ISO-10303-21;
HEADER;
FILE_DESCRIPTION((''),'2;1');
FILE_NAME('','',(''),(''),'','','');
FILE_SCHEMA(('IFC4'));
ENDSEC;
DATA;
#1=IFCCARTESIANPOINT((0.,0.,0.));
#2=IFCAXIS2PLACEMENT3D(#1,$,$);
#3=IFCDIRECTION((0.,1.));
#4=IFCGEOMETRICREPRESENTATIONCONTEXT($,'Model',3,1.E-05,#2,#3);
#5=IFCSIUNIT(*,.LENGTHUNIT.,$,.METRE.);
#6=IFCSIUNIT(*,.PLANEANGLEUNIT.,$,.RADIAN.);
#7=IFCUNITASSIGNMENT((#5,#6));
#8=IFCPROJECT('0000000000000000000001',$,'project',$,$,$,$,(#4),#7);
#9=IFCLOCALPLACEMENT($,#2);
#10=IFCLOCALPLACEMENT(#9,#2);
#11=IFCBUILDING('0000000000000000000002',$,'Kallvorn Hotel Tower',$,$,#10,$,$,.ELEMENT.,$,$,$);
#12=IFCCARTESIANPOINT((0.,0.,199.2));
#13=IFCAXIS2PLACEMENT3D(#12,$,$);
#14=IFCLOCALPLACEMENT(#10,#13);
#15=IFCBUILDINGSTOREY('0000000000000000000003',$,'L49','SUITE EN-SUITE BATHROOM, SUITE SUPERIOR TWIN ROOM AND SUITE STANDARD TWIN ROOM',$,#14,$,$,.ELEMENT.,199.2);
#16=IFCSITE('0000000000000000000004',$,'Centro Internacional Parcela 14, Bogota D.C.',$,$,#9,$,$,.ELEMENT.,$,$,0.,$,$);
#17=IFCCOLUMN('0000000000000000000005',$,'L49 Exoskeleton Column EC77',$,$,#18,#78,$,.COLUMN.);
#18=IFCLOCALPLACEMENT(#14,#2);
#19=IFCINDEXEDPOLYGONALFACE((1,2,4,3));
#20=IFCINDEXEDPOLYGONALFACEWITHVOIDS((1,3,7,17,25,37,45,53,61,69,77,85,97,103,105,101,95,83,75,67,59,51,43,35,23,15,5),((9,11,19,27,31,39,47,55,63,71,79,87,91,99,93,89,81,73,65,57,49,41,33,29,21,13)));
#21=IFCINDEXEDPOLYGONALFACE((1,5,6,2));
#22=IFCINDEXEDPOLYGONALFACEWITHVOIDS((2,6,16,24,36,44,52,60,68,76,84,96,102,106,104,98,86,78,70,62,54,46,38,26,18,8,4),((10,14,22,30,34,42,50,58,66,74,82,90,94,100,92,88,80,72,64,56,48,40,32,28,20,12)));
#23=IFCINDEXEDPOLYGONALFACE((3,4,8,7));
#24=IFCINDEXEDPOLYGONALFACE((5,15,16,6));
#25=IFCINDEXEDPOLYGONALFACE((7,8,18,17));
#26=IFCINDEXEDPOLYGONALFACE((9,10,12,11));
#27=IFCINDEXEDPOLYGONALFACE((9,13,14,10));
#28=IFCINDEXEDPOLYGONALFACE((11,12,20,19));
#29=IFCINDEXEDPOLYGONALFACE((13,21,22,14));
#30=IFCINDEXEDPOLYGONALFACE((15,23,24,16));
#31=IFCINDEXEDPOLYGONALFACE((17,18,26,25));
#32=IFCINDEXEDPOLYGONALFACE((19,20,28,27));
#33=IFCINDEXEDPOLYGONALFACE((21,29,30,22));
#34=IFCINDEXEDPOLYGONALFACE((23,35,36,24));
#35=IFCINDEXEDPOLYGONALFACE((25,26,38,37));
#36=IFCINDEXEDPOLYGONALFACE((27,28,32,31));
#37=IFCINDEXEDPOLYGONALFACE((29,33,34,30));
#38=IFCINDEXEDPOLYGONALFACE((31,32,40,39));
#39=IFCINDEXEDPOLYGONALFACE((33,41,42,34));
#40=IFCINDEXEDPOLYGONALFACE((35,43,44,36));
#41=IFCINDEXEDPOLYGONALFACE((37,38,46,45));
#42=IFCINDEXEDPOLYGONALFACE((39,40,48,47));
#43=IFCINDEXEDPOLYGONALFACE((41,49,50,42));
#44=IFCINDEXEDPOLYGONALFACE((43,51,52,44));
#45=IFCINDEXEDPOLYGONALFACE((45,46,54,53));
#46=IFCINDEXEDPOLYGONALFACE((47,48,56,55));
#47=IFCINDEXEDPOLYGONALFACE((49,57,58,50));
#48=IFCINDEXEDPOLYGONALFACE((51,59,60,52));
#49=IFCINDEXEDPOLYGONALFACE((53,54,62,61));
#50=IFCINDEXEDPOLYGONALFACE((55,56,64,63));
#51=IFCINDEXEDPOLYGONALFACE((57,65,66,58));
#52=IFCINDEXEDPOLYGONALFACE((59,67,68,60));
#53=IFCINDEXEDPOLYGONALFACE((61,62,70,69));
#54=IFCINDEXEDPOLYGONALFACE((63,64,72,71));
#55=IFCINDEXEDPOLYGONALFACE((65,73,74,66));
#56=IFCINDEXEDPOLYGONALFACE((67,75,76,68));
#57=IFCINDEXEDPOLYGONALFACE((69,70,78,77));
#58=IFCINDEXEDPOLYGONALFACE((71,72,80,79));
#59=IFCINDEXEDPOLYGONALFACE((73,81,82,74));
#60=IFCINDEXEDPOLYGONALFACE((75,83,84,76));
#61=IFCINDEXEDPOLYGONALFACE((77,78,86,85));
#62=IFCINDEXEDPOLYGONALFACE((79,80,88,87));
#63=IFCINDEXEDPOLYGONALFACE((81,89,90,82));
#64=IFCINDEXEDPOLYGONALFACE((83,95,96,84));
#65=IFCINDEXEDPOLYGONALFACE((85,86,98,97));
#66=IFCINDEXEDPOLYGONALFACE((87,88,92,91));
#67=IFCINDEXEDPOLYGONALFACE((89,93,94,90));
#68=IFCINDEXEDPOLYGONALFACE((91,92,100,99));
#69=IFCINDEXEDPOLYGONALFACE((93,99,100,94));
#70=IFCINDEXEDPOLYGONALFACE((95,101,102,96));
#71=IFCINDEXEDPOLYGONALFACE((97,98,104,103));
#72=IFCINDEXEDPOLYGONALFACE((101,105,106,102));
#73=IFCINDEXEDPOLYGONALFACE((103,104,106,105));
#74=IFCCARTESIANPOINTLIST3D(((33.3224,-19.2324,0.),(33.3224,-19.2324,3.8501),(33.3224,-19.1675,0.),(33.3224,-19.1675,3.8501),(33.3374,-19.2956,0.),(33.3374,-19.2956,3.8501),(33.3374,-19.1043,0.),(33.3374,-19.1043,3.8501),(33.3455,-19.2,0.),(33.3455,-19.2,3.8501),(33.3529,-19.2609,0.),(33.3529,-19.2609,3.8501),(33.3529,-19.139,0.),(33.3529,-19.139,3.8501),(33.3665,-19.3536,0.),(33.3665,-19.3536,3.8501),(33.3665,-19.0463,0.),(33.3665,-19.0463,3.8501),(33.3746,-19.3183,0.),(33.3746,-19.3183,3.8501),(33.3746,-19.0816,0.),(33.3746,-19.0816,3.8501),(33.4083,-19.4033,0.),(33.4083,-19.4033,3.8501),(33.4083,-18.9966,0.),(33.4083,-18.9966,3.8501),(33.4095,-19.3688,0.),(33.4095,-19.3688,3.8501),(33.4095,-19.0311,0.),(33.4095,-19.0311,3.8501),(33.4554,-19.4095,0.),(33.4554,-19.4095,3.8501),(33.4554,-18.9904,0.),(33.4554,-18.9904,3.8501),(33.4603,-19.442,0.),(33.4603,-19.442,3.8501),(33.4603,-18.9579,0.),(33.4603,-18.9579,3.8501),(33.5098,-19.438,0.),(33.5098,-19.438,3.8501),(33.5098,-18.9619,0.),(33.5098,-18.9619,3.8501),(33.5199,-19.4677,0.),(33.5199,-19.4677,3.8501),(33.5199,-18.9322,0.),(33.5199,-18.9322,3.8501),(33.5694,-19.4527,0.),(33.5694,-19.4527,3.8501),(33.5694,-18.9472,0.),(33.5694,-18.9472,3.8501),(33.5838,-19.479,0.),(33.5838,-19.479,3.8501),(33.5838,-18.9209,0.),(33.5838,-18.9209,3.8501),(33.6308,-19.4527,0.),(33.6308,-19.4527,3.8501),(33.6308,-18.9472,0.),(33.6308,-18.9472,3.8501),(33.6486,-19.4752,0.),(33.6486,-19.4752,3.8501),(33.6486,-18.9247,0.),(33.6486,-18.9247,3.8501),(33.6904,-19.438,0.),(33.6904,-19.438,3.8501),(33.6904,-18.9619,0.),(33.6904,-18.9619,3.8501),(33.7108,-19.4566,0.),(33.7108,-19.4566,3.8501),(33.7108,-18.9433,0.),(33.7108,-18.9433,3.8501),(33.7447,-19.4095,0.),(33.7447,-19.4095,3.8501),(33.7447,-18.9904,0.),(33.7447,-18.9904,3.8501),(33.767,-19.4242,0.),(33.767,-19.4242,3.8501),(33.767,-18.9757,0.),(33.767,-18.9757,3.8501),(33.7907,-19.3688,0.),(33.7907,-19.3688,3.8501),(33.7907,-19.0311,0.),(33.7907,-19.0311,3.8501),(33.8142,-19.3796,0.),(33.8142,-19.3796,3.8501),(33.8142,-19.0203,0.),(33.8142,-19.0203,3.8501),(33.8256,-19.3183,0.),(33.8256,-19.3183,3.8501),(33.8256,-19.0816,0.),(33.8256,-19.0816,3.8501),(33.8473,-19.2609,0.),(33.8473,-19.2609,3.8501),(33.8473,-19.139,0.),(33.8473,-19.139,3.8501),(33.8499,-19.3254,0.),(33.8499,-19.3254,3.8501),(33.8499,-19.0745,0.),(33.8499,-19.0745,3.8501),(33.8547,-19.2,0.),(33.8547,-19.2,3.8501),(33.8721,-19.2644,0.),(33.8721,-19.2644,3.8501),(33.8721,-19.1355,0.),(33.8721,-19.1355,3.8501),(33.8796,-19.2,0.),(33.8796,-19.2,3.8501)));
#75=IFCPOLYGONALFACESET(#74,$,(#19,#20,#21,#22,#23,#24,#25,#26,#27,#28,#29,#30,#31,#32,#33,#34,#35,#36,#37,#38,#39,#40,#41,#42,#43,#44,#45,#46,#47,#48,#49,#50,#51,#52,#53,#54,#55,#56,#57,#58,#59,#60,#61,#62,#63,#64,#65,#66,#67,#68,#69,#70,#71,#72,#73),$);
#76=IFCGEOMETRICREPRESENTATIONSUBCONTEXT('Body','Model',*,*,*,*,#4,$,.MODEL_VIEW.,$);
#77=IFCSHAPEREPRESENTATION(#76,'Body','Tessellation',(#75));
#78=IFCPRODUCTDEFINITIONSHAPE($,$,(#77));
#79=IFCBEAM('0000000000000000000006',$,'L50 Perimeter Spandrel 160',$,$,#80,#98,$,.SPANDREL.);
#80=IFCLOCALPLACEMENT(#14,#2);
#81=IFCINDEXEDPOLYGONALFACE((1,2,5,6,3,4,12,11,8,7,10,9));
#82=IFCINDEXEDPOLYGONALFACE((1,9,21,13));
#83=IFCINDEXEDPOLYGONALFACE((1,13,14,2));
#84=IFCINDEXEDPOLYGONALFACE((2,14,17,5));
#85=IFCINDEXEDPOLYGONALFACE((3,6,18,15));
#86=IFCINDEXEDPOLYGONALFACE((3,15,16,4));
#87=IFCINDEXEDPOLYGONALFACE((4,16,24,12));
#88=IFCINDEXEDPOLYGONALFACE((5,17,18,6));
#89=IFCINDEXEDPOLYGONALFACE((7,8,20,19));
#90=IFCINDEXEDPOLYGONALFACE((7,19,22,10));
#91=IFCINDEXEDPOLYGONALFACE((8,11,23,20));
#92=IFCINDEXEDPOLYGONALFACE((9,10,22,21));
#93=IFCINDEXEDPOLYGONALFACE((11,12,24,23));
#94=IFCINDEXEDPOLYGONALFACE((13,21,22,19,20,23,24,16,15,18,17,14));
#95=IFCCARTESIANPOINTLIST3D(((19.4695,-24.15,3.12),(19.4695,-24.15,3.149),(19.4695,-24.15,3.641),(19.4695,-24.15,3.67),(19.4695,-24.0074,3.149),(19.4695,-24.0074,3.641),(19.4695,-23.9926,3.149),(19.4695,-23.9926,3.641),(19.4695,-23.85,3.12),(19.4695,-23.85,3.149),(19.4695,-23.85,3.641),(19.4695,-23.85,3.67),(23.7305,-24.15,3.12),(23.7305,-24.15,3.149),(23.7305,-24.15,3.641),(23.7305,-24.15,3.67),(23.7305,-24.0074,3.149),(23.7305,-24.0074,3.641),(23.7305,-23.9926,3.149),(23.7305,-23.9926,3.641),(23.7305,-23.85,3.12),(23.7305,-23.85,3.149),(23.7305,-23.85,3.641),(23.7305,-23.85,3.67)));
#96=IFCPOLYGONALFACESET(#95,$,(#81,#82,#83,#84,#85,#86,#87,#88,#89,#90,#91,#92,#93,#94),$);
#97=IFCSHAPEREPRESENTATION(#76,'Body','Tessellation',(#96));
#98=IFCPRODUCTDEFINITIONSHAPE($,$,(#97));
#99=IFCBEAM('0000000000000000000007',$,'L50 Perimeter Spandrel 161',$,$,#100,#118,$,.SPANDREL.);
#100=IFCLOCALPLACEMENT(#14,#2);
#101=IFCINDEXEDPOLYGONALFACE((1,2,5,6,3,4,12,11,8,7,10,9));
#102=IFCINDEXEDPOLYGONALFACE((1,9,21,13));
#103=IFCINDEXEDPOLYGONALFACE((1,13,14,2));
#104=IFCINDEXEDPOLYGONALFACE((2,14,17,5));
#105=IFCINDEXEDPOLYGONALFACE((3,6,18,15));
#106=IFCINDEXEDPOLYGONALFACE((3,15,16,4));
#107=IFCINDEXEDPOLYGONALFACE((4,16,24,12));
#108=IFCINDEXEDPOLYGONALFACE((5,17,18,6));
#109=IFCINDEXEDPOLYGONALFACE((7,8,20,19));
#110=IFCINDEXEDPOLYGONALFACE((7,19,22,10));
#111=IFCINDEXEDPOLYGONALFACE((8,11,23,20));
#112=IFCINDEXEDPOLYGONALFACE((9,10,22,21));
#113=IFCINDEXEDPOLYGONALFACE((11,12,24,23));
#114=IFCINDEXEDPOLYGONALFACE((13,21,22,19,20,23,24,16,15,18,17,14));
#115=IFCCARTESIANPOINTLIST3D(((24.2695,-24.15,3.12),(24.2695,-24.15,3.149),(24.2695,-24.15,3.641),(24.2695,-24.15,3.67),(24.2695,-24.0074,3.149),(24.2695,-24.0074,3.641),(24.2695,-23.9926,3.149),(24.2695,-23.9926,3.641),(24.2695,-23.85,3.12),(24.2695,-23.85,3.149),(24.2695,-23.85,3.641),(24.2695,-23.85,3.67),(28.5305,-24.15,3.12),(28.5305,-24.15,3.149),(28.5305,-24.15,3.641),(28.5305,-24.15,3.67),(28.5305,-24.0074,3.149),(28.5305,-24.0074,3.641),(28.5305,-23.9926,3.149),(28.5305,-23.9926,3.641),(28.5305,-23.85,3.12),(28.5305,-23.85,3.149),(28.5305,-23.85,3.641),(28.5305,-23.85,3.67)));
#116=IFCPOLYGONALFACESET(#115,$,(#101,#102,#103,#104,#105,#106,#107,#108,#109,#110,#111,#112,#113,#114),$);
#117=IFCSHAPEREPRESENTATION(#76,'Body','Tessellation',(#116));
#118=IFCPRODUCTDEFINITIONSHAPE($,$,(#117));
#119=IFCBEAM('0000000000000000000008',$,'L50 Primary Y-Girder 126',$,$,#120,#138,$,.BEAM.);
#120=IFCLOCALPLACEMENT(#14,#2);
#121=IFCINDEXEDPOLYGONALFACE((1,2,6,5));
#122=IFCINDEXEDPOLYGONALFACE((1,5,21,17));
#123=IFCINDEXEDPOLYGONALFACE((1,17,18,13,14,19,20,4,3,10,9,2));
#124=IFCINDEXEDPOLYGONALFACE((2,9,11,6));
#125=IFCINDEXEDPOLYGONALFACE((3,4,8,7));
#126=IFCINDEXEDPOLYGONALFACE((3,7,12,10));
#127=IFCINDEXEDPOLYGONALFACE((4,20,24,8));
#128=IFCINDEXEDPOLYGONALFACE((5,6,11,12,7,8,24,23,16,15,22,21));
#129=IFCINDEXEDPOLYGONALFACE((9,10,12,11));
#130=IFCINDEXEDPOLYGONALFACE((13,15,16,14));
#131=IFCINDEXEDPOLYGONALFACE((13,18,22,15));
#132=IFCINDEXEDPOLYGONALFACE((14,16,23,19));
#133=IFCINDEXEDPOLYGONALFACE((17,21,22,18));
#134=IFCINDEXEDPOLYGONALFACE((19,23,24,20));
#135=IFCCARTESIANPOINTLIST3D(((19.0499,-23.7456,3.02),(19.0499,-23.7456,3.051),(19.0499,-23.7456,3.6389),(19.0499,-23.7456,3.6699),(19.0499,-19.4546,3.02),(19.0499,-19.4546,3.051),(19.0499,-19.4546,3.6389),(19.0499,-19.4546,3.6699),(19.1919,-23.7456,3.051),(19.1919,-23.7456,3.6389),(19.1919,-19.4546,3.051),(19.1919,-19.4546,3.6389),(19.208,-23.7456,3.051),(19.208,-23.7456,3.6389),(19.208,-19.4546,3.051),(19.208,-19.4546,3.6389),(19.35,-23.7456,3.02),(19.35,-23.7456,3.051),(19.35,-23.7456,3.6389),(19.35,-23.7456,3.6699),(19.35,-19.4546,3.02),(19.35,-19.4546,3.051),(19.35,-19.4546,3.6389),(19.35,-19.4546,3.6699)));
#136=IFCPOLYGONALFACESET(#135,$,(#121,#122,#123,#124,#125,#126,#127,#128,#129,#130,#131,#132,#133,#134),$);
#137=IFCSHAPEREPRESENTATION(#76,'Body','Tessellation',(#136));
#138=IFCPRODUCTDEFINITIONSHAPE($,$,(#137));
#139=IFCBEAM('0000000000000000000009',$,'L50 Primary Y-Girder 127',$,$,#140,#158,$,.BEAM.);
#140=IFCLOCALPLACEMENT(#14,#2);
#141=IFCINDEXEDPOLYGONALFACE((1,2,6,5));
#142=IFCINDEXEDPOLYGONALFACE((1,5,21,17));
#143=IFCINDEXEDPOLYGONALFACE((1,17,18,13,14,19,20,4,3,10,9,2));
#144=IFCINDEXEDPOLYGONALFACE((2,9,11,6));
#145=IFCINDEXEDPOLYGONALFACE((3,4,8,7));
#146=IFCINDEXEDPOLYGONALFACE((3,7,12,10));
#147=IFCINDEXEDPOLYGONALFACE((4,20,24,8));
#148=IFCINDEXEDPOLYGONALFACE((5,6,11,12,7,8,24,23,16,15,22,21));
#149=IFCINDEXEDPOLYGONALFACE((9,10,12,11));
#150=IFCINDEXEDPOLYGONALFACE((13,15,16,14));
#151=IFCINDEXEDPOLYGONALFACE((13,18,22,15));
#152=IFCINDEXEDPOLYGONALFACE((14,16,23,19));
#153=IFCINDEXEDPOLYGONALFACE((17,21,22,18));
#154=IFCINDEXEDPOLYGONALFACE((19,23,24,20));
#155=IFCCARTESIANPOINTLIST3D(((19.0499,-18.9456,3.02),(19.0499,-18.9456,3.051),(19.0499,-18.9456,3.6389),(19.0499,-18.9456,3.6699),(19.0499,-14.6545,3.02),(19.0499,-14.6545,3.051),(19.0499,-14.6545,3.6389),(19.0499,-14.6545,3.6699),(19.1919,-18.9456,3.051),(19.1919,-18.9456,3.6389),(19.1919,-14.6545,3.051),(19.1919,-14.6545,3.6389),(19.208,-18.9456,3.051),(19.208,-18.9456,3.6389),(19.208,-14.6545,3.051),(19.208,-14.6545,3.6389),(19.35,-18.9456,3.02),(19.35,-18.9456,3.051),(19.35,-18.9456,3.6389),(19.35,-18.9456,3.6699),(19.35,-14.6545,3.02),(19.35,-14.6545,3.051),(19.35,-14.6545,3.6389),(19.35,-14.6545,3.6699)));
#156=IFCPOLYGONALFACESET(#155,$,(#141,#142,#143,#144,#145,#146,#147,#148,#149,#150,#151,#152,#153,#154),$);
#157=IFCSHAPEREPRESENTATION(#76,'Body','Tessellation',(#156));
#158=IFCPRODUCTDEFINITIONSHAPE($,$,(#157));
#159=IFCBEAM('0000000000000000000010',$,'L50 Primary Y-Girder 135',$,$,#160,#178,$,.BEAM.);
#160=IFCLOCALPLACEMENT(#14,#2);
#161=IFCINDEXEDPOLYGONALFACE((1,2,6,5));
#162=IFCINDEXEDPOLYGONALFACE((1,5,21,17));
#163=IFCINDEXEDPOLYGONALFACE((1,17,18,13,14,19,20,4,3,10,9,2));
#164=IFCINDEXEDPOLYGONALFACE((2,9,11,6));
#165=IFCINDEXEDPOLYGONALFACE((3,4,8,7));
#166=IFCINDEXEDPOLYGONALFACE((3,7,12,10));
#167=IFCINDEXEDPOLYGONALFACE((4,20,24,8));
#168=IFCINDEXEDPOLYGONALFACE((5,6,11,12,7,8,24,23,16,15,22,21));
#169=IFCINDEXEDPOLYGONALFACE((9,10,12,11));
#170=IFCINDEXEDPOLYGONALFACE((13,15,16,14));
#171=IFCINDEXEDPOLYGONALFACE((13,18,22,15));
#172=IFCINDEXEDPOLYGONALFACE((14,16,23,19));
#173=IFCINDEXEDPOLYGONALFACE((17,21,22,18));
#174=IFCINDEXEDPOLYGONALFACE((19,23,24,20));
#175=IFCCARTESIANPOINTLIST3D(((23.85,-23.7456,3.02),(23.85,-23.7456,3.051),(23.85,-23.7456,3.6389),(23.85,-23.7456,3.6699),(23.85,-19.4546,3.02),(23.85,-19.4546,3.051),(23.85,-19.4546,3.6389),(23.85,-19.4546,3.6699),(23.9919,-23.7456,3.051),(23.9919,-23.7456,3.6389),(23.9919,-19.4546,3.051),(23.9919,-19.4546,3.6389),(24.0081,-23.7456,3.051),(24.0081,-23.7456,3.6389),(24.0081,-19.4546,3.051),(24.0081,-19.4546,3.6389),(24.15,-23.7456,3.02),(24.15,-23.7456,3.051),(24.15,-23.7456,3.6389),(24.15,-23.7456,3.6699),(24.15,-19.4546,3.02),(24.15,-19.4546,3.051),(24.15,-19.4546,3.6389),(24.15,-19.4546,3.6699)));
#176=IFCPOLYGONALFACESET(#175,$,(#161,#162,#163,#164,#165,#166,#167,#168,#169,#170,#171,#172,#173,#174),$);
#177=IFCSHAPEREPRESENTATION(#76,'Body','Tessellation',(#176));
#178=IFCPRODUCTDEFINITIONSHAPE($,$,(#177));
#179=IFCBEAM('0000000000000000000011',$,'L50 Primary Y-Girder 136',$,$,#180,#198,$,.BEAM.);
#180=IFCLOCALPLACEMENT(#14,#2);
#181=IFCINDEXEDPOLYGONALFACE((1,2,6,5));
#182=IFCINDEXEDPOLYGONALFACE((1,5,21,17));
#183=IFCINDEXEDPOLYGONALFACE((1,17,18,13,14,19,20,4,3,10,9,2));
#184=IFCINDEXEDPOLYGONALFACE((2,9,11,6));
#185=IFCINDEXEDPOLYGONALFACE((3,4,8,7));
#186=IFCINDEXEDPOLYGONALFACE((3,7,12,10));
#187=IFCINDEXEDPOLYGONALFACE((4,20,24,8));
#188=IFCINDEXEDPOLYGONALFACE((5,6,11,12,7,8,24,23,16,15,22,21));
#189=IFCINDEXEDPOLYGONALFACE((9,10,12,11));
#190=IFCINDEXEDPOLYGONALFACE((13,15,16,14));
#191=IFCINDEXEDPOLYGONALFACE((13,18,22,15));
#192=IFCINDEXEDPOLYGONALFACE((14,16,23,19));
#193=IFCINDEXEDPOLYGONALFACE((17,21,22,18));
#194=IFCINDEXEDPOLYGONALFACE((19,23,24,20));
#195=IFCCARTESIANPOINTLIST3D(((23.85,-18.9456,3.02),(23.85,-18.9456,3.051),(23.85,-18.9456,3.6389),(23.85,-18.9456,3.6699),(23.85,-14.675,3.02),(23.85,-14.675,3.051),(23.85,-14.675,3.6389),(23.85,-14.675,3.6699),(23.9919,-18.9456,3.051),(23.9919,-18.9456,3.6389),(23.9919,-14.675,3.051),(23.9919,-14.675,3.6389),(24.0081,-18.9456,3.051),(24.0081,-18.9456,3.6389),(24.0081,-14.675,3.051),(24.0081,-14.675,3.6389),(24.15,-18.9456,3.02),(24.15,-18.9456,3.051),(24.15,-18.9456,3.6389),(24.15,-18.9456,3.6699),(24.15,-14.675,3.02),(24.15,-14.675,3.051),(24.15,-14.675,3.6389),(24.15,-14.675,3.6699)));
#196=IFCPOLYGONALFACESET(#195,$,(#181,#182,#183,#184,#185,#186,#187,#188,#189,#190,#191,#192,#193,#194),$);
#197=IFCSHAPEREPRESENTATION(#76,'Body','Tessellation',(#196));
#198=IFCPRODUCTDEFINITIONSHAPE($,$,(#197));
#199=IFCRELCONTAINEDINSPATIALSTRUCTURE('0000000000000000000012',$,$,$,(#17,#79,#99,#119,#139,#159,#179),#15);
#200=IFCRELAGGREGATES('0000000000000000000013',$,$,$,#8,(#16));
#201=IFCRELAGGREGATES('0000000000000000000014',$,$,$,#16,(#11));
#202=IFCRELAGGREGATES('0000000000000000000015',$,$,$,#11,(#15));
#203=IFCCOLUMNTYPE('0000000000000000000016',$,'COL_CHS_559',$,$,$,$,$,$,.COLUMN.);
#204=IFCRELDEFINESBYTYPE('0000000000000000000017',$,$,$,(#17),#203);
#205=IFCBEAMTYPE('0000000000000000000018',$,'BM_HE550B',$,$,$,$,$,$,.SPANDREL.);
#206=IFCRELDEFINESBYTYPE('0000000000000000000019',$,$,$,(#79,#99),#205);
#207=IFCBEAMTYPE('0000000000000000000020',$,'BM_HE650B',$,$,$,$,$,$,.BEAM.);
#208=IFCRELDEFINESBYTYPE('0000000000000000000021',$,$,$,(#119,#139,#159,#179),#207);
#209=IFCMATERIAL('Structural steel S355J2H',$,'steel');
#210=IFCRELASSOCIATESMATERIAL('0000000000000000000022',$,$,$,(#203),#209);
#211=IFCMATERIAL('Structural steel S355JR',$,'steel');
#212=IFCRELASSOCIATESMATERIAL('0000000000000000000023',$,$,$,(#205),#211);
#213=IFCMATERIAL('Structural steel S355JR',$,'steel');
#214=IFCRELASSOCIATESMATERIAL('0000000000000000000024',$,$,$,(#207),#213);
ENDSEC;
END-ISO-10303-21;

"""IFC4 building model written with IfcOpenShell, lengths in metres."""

from ifc_helpers import new_model, si_unit, direction, frame, origin, origin_2d, place, context, subcontext, project, spatial, hollow_circle, i_section, extrude, material, material_profile, profile_set, type_object, element, save


model = new_model("IFC4")

# Units and contexts
model_context = context("Model", 3, precision=1e-05, world=origin(), true_north=direction((0.0, 1.0)))
body_context = subcontext(model_context, "Body", "Model", "MODEL_VIEW")
ifc_project = project(units=[si_unit("LENGTHUNIT", "METRE"), si_unit("PLANEANGLEUNIT", "RADIAN")], contexts=[model_context])

# Site, building, storey
site_placement = place(None, origin())
site = spatial("IfcSite", under=ifc_project, at=site_placement, Name="Centro Internacional Parcela 14, Bogota D.C.", CompositionType="ELEMENT", RefElevation=0.0)
building_placement = place(site_placement, origin())
building = spatial("IfcBuilding", under=site, at=building_placement, Name="Kallvorn Hotel Tower", CompositionType="ELEMENT")
storey_placement = place(building_placement, frame((0.0, 0.0, 199.2)))
storey = spatial("IfcBuildingStorey", under=building, at=storey_placement, Name="L49", Description="SUITE EN-SUITE BATHROOM, SUITE SUPERIOR TWIN ROOM AND SUITE STANDARD TWIN ROOM", CompositionType="ELEMENT", Elevation=199.2)

# Column
ifc_material_1 = material(Name="Structural steel S355J2H", Category="steel")
ifc_material_profile_1 = material_profile(ifc_material_1, hollow_circle(Radius=0.2795, WallThickness=0.0249, at=origin_2d()), Name="CHS 559x25")
ifc_profile_set_1 = profile_set([ifc_material_profile_1], Name="Structural steel S355J2H")
column_type = type_object("IfcColumnType", Name="COL_CHS_559", PredefinedType="COLUMN", material=ifc_profile_set_1)
for number, where, z_axis, x_axis, name in (
    (1, (33.6001, -19.2, 0.0), (0.0, 0.0, 1.0), (1.0, 0.0, 0.0), "L49 Exoskeleton Column EC77"),
):
    element("IfcColumn", number, at=place(storey_placement, frame(where, z_axis=z_axis, x_axis=x_axis)), inside=storey, type_object=column_type, Name=name, PredefinedType="COLUMN", context=body_context, shape_type="SweptSolid", body=[
        extrude(hollow_circle(Radius=0.2795, WallThickness=0.0249, at=origin_2d()), origin(), (0.0, 0.0, 1.0), 3.8501),
    ])

# Beams
ifc_material_2 = material(Name="Structural steel S355JR", Category="steel")
ifc_material_profile_2 = material_profile(ifc_material_2, i_section(OverallWidth=0.3, OverallDepth=0.55, WebThickness=0.0149, FlangeThickness=0.0291, at=origin_2d()), Name="HE 550 B")
ifc_profile_set_2 = profile_set([ifc_material_profile_2], Name="Structural steel S355JR")
beam_type_1 = type_object("IfcBeamType", Name="BM_HE550B", PredefinedType="SPANDREL", material=ifc_profile_set_2)
for number, where, z_axis, x_axis, name in (
    (2, (19.4695, -24.0, 3.395), (1.0, 0.0, 0.0), (0.0, 1.0, 0.0), "L50 Perimeter Spandrel 160"),
    (3, (24.2695, -24.0, 3.395), (1.0, 0.0, 0.0), (0.0, 1.0, 0.0), "L50 Perimeter Spandrel 161"),
):
    element("IfcBeam", number, at=place(storey_placement, frame(where, z_axis=z_axis, x_axis=x_axis)), inside=storey, type_object=beam_type_1, Name=name, PredefinedType="SPANDREL", context=body_context, shape_type="SweptSolid", body=[
        extrude(i_section(OverallWidth=0.3, OverallDepth=0.55, WebThickness=0.0149, FlangeThickness=0.0291, at=origin_2d()), origin(), (0.0, 0.0, 1.0), 4.261),
    ])
ifc_material_3 = material(Name="Structural steel S355JR", Category="steel")
ifc_material_profile_3 = material_profile(ifc_material_3, i_section(OverallWidth=0.3, OverallDepth=0.6499, WebThickness=0.0161, FlangeThickness=0.031, at=origin_2d()), Name="HE 650 B")
ifc_profile_set_3 = profile_set([ifc_material_profile_3], Name="Structural steel S355JR")
beam_type_2 = type_object("IfcBeamType", Name="BM_HE650B", PredefinedType="BEAM", material=ifc_profile_set_3)
for number, where, z_axis, x_axis, name in (
    (4, (19.2, -23.7456, 3.345), (0.0, 1.0, 0.0), (-1.0, 0.0, 0.0), "L50 Primary Y-Girder 126"),
    (5, (19.2, -18.9456, 3.345), (0.0, 1.0, 0.0), (-1.0, 0.0, 0.0), "L50 Primary Y-Girder 127"),
    (6, (24.0, -23.7456, 3.345), (0.0, 1.0, 0.0), (-1.0, 0.0, 0.0), "L50 Primary Y-Girder 135"),
):
    element("IfcBeam", number, at=place(storey_placement, frame(where, z_axis=z_axis, x_axis=x_axis)), inside=storey, type_object=beam_type_2, Name=name, PredefinedType="BEAM", context=body_context, shape_type="SweptSolid", body=[
        extrude(i_section(OverallWidth=0.3, OverallDepth=0.6499, WebThickness=0.0161, FlangeThickness=0.031, at=origin_2d()), origin(), (0.0, 0.0, 1.0), 4.291),
    ])
beam_1_placement = place(storey_placement, frame((24.0, -18.9456, 3.345), z_axis=(0.0, 1.0, 0.0), x_axis=(-1.0, 0.0, 0.0)))
element("IfcBeam", 7, at=beam_1_placement, inside=storey, type_object=beam_type_2, Name="L50 Primary Y-Girder 136", PredefinedType="BEAM", context=body_context, shape_type="SweptSolid", body=[
    extrude(i_section(OverallWidth=0.3, OverallDepth=0.6499, WebThickness=0.0161, FlangeThickness=0.031, at=origin_2d()), origin(), (0.0, 0.0, 1.0), 4.2705),
])

save(model, "model.ifc")
